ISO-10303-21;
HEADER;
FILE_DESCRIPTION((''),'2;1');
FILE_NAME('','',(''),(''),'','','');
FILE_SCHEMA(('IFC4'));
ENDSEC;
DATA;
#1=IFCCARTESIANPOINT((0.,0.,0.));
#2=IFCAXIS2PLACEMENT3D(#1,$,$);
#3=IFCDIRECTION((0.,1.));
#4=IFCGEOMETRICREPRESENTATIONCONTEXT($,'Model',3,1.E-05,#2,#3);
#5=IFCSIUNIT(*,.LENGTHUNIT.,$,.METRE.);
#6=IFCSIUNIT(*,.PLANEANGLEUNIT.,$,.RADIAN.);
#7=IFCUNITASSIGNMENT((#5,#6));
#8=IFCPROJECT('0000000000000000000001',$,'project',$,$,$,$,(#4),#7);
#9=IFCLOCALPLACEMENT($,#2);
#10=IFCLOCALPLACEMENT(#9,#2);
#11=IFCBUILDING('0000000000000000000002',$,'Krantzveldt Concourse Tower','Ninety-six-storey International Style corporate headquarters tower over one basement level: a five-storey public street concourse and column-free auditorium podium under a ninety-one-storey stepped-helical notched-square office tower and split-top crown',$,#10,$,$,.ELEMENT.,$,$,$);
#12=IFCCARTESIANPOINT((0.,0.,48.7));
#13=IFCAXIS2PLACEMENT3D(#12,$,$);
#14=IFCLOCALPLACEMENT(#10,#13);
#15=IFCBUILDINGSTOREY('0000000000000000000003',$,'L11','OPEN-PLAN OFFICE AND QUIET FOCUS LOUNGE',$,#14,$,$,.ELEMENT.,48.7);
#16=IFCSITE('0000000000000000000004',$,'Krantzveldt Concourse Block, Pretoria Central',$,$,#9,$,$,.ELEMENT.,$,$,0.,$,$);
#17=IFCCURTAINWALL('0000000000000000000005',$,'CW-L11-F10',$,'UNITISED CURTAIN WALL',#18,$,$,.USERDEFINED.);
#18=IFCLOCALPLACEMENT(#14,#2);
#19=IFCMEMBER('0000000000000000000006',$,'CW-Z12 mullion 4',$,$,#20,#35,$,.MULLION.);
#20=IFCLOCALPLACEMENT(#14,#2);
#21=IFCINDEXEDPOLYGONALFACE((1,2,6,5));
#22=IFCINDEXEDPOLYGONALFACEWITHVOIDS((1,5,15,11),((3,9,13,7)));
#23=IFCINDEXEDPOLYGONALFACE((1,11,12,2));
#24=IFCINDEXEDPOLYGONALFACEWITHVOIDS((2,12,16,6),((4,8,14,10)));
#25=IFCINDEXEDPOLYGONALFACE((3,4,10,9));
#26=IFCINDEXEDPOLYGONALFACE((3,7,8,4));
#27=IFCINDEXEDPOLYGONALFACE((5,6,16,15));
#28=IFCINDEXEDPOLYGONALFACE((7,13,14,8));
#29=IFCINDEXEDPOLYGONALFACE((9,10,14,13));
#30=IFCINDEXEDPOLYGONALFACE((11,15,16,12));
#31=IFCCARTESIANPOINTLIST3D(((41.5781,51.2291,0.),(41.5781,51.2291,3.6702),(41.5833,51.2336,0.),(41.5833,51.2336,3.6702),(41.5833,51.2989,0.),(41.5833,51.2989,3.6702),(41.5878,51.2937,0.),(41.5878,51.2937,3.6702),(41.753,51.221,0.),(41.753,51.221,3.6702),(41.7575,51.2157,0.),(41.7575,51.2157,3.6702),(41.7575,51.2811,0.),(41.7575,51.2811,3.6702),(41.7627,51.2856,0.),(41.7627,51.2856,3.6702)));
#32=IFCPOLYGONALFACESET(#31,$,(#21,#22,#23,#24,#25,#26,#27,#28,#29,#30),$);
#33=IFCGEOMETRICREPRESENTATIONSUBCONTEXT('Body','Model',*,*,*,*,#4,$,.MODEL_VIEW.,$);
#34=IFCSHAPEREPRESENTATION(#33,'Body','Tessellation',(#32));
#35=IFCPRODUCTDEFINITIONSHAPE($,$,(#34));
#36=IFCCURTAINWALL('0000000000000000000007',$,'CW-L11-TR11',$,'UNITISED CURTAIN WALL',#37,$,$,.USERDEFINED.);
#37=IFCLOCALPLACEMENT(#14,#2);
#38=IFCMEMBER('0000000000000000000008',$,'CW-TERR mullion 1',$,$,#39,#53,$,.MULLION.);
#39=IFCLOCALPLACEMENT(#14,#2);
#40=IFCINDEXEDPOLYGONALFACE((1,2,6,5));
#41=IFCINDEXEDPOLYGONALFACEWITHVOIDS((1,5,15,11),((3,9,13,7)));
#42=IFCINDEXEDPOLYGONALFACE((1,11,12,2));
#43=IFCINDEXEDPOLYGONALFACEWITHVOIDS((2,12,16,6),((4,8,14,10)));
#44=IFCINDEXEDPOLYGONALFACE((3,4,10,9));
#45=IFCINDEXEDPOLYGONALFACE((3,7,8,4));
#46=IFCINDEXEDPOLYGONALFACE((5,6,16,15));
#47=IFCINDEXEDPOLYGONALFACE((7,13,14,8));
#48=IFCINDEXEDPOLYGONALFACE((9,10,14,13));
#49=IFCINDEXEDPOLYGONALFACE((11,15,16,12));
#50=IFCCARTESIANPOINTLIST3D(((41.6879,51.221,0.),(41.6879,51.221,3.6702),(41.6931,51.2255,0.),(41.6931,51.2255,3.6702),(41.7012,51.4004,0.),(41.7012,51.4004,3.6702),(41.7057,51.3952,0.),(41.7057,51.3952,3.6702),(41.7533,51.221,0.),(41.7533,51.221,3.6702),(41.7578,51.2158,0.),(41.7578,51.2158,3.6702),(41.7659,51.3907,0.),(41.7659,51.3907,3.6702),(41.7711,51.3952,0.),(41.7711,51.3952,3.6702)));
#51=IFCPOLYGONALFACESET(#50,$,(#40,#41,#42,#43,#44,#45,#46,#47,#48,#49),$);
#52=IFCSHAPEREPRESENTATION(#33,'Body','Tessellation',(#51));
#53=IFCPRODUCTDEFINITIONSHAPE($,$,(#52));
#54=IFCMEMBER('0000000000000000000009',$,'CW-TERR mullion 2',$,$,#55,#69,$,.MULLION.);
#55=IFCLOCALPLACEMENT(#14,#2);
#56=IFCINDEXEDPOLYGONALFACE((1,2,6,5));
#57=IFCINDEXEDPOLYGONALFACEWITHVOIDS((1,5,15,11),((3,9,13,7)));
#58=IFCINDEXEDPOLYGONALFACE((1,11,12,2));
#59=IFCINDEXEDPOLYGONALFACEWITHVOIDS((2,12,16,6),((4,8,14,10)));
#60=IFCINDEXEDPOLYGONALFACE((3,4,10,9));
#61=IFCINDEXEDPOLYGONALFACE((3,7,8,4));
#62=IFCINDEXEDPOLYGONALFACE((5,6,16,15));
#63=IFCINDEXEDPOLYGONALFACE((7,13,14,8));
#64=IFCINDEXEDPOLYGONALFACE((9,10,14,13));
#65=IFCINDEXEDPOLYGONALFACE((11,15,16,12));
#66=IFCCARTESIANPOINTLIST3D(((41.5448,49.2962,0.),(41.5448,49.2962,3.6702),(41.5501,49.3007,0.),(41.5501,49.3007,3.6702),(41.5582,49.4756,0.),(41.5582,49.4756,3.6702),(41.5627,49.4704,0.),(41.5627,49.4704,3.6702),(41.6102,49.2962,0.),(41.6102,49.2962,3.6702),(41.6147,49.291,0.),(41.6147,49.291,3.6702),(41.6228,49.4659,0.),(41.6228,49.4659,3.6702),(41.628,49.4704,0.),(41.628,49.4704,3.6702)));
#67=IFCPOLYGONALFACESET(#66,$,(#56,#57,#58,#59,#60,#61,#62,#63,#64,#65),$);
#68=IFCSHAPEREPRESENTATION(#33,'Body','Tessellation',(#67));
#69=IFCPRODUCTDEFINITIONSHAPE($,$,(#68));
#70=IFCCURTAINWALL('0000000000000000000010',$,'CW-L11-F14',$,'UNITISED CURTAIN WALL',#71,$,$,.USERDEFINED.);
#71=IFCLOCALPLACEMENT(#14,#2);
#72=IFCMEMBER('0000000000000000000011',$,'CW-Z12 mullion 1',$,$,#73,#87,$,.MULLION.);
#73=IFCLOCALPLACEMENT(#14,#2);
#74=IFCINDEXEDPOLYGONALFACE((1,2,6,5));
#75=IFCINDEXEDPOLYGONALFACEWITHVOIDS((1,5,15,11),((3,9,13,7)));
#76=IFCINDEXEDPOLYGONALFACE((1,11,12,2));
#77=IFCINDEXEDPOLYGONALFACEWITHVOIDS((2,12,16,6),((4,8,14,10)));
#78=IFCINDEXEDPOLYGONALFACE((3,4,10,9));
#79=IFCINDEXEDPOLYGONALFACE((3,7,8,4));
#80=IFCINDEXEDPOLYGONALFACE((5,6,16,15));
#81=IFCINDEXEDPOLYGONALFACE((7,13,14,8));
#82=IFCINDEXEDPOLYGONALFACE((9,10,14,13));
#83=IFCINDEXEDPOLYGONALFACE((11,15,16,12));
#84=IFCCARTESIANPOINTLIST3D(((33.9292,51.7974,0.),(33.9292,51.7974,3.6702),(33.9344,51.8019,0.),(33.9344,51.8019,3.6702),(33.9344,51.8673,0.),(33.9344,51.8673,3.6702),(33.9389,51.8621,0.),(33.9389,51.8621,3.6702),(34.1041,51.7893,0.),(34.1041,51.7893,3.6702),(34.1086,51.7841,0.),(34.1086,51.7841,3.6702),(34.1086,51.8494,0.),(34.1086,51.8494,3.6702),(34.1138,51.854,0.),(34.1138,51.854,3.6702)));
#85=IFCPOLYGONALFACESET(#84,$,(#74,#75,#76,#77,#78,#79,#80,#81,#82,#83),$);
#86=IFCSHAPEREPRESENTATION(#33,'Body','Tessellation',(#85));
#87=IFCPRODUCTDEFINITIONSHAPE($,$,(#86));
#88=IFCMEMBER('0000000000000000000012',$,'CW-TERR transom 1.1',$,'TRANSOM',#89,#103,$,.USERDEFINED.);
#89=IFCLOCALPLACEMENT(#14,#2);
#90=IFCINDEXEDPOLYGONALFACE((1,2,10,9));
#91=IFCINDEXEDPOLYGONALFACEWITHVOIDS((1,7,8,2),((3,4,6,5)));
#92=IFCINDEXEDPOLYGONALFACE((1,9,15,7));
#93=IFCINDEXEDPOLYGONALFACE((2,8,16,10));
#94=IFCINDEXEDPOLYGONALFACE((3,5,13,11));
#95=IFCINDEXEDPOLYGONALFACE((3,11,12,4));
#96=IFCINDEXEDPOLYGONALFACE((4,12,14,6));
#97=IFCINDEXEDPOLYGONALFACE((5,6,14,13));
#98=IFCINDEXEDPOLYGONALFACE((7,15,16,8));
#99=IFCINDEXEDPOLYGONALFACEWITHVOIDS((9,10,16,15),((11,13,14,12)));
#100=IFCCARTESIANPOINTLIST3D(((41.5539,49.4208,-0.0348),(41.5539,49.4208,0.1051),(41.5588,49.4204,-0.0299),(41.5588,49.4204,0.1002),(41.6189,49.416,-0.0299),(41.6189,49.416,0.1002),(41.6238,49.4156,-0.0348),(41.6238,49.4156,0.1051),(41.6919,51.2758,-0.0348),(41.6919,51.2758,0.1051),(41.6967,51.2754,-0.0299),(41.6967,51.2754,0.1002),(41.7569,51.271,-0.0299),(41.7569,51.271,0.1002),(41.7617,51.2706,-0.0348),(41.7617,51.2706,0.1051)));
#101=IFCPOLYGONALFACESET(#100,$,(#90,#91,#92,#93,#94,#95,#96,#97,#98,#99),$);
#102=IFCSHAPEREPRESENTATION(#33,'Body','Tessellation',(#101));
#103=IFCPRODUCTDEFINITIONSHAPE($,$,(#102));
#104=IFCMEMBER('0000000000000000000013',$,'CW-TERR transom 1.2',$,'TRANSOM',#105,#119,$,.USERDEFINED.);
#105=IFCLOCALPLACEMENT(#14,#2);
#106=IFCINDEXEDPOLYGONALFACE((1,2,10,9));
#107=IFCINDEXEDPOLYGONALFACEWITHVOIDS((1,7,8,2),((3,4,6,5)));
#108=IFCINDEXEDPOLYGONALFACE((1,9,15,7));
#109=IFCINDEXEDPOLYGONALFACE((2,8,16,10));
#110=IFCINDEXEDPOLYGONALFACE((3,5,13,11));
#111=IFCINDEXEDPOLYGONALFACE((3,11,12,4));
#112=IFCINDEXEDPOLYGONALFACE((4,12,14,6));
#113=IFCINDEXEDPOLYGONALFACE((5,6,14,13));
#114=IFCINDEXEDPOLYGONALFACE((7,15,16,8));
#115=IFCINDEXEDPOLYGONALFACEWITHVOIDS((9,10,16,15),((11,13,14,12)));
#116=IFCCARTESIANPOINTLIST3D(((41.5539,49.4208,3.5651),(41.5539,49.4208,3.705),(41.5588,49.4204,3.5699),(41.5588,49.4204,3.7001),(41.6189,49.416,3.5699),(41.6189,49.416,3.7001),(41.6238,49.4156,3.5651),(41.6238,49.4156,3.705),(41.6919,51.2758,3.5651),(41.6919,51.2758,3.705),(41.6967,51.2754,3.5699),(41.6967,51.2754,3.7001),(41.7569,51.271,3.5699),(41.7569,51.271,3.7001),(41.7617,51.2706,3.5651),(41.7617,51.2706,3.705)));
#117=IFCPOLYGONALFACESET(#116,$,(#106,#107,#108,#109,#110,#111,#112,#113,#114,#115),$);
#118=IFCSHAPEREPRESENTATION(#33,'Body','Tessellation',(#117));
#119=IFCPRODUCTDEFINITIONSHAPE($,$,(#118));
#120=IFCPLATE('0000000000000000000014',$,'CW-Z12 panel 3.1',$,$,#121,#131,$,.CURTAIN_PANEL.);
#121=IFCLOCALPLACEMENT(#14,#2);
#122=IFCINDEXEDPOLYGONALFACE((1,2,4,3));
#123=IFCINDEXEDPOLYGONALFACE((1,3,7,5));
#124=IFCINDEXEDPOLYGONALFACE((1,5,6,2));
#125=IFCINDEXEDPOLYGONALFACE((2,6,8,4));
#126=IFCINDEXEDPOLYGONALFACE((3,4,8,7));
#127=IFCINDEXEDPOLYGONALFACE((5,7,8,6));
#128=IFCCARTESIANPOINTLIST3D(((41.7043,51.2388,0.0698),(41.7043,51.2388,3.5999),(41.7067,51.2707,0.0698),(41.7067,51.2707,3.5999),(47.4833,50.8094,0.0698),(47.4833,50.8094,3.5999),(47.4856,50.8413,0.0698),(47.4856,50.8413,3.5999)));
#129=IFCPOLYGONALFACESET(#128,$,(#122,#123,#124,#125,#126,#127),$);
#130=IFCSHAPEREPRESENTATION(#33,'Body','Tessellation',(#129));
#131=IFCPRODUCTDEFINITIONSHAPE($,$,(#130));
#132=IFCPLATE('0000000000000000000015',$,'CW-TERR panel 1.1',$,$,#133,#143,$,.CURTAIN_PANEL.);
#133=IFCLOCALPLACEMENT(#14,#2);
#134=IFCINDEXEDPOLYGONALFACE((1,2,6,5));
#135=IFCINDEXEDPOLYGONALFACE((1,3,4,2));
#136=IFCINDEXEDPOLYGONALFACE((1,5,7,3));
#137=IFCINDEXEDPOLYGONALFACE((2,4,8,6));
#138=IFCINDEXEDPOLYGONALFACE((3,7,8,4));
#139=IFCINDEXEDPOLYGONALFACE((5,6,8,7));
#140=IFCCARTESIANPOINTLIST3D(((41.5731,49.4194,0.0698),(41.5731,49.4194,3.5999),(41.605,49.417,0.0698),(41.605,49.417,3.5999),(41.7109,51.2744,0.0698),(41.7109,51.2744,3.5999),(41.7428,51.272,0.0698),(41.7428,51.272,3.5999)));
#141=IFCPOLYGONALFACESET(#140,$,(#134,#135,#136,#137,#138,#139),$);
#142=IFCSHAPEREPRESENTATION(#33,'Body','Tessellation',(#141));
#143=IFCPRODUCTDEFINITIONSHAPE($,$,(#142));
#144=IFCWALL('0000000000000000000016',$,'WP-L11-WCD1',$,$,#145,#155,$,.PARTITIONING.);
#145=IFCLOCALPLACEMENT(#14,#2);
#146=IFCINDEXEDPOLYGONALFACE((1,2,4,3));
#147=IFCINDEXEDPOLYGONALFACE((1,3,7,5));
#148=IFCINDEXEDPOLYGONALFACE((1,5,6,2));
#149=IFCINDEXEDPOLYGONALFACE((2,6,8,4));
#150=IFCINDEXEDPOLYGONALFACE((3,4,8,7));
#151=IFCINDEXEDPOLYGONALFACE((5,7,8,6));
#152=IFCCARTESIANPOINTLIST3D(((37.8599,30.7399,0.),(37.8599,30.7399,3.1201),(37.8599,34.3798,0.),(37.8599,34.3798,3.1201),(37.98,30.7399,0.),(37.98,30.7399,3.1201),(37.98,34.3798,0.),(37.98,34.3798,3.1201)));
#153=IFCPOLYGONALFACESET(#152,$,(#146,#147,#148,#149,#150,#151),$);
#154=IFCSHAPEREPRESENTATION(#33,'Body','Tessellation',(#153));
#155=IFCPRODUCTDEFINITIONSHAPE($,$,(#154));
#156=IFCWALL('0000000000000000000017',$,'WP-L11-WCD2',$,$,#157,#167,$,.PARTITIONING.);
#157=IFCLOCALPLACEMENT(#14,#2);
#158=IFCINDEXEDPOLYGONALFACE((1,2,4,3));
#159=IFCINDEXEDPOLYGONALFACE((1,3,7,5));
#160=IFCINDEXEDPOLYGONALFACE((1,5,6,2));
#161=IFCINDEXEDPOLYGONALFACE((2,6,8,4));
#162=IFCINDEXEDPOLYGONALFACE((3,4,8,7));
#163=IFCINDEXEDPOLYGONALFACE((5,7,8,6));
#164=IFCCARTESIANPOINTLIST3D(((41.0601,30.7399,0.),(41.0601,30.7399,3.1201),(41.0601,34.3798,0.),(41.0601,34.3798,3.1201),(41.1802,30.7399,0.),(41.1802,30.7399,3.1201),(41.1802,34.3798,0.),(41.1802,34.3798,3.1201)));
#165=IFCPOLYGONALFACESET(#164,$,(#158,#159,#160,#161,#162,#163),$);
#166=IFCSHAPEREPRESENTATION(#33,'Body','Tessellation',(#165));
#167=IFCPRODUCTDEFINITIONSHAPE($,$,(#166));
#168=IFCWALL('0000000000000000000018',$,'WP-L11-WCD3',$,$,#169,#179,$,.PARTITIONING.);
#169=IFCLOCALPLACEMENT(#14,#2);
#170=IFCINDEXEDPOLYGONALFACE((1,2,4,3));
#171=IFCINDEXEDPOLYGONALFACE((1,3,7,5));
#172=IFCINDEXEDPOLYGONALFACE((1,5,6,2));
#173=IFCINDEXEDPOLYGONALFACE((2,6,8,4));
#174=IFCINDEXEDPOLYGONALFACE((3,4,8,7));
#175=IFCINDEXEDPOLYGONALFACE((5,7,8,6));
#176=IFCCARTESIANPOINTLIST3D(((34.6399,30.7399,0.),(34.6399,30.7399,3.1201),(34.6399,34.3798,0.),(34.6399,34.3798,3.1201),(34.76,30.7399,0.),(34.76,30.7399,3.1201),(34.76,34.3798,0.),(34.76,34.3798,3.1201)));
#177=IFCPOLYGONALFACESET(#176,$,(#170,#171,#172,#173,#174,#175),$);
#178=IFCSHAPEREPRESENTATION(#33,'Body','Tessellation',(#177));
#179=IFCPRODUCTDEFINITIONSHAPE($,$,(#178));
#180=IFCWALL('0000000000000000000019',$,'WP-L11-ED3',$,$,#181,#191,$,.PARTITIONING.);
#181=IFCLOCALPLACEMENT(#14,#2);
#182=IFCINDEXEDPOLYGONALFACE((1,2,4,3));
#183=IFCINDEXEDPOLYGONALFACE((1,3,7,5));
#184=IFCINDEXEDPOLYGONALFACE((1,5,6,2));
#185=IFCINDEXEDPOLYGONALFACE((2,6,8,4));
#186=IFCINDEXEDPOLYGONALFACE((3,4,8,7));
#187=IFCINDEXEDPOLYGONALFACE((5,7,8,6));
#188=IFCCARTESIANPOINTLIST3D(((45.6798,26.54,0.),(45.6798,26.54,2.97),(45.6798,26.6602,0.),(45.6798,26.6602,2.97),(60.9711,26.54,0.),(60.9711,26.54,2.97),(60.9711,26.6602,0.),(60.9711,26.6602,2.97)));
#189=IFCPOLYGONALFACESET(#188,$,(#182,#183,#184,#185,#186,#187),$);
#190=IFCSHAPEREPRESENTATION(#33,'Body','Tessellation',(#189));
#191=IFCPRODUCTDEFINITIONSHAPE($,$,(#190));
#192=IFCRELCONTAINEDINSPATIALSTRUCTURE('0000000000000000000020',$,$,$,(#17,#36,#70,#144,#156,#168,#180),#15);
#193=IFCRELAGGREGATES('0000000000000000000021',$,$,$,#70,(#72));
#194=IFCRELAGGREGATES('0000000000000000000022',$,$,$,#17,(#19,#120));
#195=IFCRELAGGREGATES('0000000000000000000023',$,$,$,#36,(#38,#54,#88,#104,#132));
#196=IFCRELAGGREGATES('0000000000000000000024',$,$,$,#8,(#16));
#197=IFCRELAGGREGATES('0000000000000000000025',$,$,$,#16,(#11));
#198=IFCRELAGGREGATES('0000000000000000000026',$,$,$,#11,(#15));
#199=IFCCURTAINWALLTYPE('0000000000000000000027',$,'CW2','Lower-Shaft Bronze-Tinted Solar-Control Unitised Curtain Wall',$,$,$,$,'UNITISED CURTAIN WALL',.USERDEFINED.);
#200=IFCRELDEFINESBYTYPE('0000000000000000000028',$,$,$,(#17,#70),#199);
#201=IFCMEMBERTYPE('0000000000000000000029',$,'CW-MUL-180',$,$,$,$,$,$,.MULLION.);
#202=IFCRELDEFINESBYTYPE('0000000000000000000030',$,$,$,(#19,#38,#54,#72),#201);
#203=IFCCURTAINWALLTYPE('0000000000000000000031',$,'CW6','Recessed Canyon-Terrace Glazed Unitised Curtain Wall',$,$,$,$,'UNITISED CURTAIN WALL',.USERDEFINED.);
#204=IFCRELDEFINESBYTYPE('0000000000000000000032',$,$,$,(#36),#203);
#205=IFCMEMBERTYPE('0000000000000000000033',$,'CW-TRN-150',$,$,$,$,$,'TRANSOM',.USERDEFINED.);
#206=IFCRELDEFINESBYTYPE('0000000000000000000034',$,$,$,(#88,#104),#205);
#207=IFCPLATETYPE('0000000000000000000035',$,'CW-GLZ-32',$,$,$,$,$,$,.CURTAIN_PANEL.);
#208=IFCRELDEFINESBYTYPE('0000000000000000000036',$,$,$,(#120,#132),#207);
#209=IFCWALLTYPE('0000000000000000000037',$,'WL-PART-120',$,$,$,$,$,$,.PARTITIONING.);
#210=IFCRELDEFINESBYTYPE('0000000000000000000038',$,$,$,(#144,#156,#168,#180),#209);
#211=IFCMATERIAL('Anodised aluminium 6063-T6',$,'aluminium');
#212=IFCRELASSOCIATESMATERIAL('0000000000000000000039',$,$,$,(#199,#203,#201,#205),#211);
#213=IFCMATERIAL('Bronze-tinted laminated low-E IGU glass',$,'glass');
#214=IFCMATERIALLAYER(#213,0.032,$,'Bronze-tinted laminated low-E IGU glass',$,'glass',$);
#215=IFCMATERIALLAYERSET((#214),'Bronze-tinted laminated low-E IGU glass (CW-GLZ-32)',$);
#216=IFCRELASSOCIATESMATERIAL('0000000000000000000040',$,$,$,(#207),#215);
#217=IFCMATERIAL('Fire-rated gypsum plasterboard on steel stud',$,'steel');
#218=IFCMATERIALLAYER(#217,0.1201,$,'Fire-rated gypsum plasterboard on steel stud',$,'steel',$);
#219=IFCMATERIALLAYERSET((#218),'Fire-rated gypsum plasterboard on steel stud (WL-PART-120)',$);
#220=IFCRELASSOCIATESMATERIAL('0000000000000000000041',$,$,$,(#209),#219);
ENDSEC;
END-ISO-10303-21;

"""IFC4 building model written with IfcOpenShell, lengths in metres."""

from ifc_helpers import new_model, si_unit, direction, frame, frame_2d, origin, origin_2d, place, context, subcontext, project, spatial, rectangle, hollow_rectangle, extrude, source, transform, mapped, material, layer, layer_set, material_profile, profile_set, type_object, type_shapes, element, aggregate, save


model = new_model("IFC4")

# Units and contexts
model_context = context("Model", 3, precision=1e-05, world=origin(), true_north=direction((0.0, 1.0)))
body_context = subcontext(model_context, "Body", "Model", "MODEL_VIEW")
ifc_project = project(units=[si_unit("LENGTHUNIT", "METRE"), si_unit("PLANEANGLEUNIT", "RADIAN")], contexts=[model_context])

# Site, building, storey
site_placement = place(None, origin())
site = spatial("IfcSite", under=ifc_project, at=site_placement, Name="Krantzveldt Concourse Block, Pretoria Central", CompositionType="ELEMENT", RefElevation=0.0)
building_placement = place(site_placement, origin())
building = spatial("IfcBuilding", under=site, at=building_placement, Name="Krantzveldt Concourse Tower", Description="Ninety-six-storey International Style corporate headquarters tower over one basement level: a five-storey public street concourse and column-free auditorium podium under a ninety-one-storey stepped-helical notched-square office tower and split-top crown", CompositionType="ELEMENT")
storey_placement = place(building_placement, frame((0.0, 0.0, 48.7)))
storey = spatial("IfcBuildingStorey", under=building, at=storey_placement, Name="L11", Description="OPEN-PLAN OFFICE AND QUIET FOCUS LOUNGE", CompositionType="ELEMENT", Elevation=48.7)

# Curtain wall, member
ifc_material_1 = material(Name="Anodised aluminium 6063-T6", Category="aluminium")
curtain_wall_type_1 = type_object("IfcCurtainWallType", Name="CW2", Description="Lower-Shaft Bronze-Tinted Solar-Control Unitised Curtain Wall", ElementType="UNITISED CURTAIN WALL", PredefinedType="USERDEFINED", material=ifc_material_1)
curtain_wall_1_placement = place(storey_placement, origin())
curtain_wall_1 = element("IfcCurtainWall", 1, at=curtain_wall_1_placement, inside=storey, type_object=curtain_wall_type_1, Name="CW-L11-F10", ObjectType="UNITISED CURTAIN WALL", PredefinedType="USERDEFINED")
ifc_material_profile_1 = material_profile(ifc_material_1, hollow_rectangle(XDim=0.0701, YDim=0.1799, WallThickness=0.0049, at=origin_2d()), Name="Anodised aluminium 6063-T6", Category="aluminium")
ifc_profile_set_1 = profile_set([ifc_material_profile_1], Name="Anodised aluminium 6063-T6 - ALU-MULL 180x70x5")
member_type_1 = type_object("IfcMemberType", Name="CW-MUL-180", PredefinedType="MULLION", material=ifc_profile_set_1)
shared_shape_1 = source(origin(), body_context, "Body", "SweptSolid", [
    extrude(hollow_rectangle(XDim=0.0701, YDim=0.1799, WallThickness=0.0049, at=origin_2d()), origin(), (0.0, 0.0, 1.0), 3.6702),
])
type_shapes(member_type_1, [shared_shape_1])
member_1_placement = place(storey_placement, frame((41.6704, 51.2573, 0.0), z_axis=(0.0, 0.0, 1.0), x_axis=(-0.074108, -0.99725, 0.0)))
member_1 = element("IfcMember", 2, at=member_1_placement, type_object=member_type_1, Name="CW-Z12 mullion 4", PredefinedType="MULLION", context=body_context, shape_type="MappedRepresentation", body=[
    mapped(shared_shape_1, transform((0.0, 0.0, 0.0), x_axis=(1.0, 0.0, 0.0), y_axis=(0.0, 1.0, 0.0), z_axis=(0.0, 0.0, 1.0), scale=1.0)),
])

# Curtain wall, members
curtain_wall_type_2 = type_object("IfcCurtainWallType", Name="CW6", Description="Recessed Canyon-Terrace Glazed Unitised Curtain Wall", ElementType="UNITISED CURTAIN WALL", PredefinedType="USERDEFINED", material=ifc_material_1)
curtain_wall_2_placement = place(storey_placement, origin())
curtain_wall_2 = element("IfcCurtainWall", 3, at=curtain_wall_2_placement, inside=storey, type_object=curtain_wall_type_2, Name="CW-L11-TR11", ObjectType="UNITISED CURTAIN WALL", PredefinedType="USERDEFINED")
member_2_placement = place(storey_placement, frame((41.7295, 51.3081, 0.0), z_axis=(0.0, 0.0, 1.0), x_axis=(0.99725, -0.074105, 0.0)))
member_2 = element("IfcMember", 4, at=member_2_placement, type_object=member_type_1, Name="CW-TERR mullion 1", PredefinedType="MULLION", context=body_context, shape_type="MappedRepresentation", body=[
    mapped(shared_shape_1, transform((0.0, 0.0, 0.0), x_axis=(1.0, 0.0, 0.0), y_axis=(0.0, 1.0, 0.0), z_axis=(0.0, 0.0, 1.0), scale=1.0)),
])
member_3_placement = place(storey_placement, frame((41.5864, 49.3833, 0.0), z_axis=(0.0, 0.0, 1.0), x_axis=(0.99725, -0.074105, 0.0)))
member_3 = element("IfcMember", 5, at=member_3_placement, type_object=member_type_1, Name="CW-TERR mullion 2", PredefinedType="MULLION", context=body_context, shape_type="MappedRepresentation", body=[
    mapped(shared_shape_1, transform((0.0, 0.0, 0.0), x_axis=(1.0, 0.0, 0.0), y_axis=(0.0, 1.0, 0.0), z_axis=(0.0, 0.0, 1.0), scale=1.0)),
])

# Curtain wall, member
curtain_wall_3_placement = place(storey_placement, origin())
curtain_wall_3 = element("IfcCurtainWall", 6, at=curtain_wall_3_placement, inside=storey, type_object=curtain_wall_type_1, Name="CW-L11-F14", ObjectType="UNITISED CURTAIN WALL", PredefinedType="USERDEFINED")
member_4_placement = place(storey_placement, frame((34.0215, 51.8257, 0.0), z_axis=(0.0, 0.0, 1.0), x_axis=(-0.074108, -0.99725, 0.0)))
member_4 = element("IfcMember", 7, at=member_4_placement, type_object=member_type_1, Name="CW-Z12 mullion 1", PredefinedType="MULLION", context=body_context, shape_type="MappedRepresentation", body=[
    mapped(shared_shape_1, transform((0.0, 0.0, 0.0), x_axis=(1.0, 0.0, 0.0), y_axis=(0.0, 1.0, 0.0), z_axis=(0.0, 0.0, 1.0), scale=1.0)),
])
aggregate(curtain_wall_3, [member_4])

# Members
ifc_material_profile_2 = material_profile(ifc_material_1, hollow_rectangle(XDim=0.0701, YDim=0.1399, WallThickness=0.0049, at=origin_2d()), Name="Anodised aluminium 6063-T6", Category="aluminium")
ifc_profile_set_2 = profile_set([ifc_material_profile_2], Name="Anodised aluminium 6063-T6 - ALU-TRAN 140x70x5")
member_type_2 = type_object("IfcMemberType", Name="CW-TRN-150", ElementType="TRANSOM", PredefinedType="USERDEFINED", material=ifc_profile_set_2)
shared_shape_2 = source(origin(), body_context, "Body", "SweptSolid", [
    extrude(hollow_rectangle(XDim=0.0701, YDim=0.1399, WallThickness=0.0049, at=origin_2d()), origin(), (0.0, 0.0, 1.0), 1.8601),
])
type_shapes(member_type_2, [shared_shape_2])
member_5_placement = place(storey_placement, frame((41.7268, 51.2732, 0.0352), z_axis=(-0.074157, -0.997247, 0.0), x_axis=(0.997247, -0.074157, 0.0)))
member_5 = element("IfcMember", 8, at=member_5_placement, type_object=member_type_2, Name="CW-TERR transom 1.1", ObjectType="TRANSOM", PredefinedType="USERDEFINED", context=body_context, shape_type="MappedRepresentation", body=[
    mapped(shared_shape_2, transform((0.0, 0.0, 0.0), x_axis=(1.0, 0.0, 0.0), y_axis=(0.0, 1.0, 0.0), z_axis=(0.0, 0.0, 1.0), scale=1.0)),
])
member_6_placement = place(storey_placement, frame((41.7268, 51.2732, 3.635), z_axis=(-0.074157, -0.997247, 0.0), x_axis=(0.997247, -0.074157, 0.0)))
member_6 = element("IfcMember", 9, at=member_6_placement, type_object=member_type_2, Name="CW-TERR transom 1.2", ObjectType="TRANSOM", PredefinedType="USERDEFINED", context=body_context, shape_type="MappedRepresentation", body=[
    mapped(shared_shape_2, transform((0.0, 0.0, 0.0), x_axis=(1.0, 0.0, 0.0), y_axis=(0.0, 1.0, 0.0), z_axis=(0.0, 0.0, 1.0), scale=1.0)),
])

# Plates
ifc_material_2 = material(Name="Bronze-tinted laminated low-E IGU glass", Category="glass")
ifc_layer_1 = layer(ifc_material_2, 0.032, Name="Bronze-tinted laminated low-E IGU glass", Category="glass")
ifc_layer_set_1 = layer_set([ifc_layer_1], Name="Bronze-tinted laminated low-E IGU glass (CW-GLZ-32)")
plate_type = type_object("IfcPlateType", Name="CW-GLZ-32", PredefinedType="CURTAIN_PANEL", material=ifc_layer_set_1)
shared_shape_3 = source(origin(), body_context, "Body", "SweptSolid", [
    extrude(rectangle(XDim=5.7949, YDim=0.032, at=origin_2d()), origin(), (0.0, 0.0, 1.0), 3.53),
])
plate_1_placement = place(storey_placement, frame((44.595, 51.04, 0.0698), z_axis=(0.0, 0.0, 1.0), x_axis=(-0.99725, 0.074108, 0.0)))
plate_1 = element("IfcPlate", 10, at=plate_1_placement, type_object=plate_type, Name="CW-Z12 panel 3.1", PredefinedType="CURTAIN_PANEL", context=body_context, shape_type="MappedRepresentation", body=[
    mapped(shared_shape_3, transform((0.0, 0.0, 0.0), x_axis=(1.0, 0.0, 0.0), y_axis=(0.0, 1.0, 0.0), z_axis=(0.0, 0.0, 1.0), scale=1.0)),
])
aggregate(curtain_wall_1, [member_1, plate_1])
shared_shape_4 = source(origin(), body_context, "Body", "SweptSolid", [
    extrude(rectangle(XDim=1.8601, YDim=0.032, at=origin_2d()), origin(), (0.0, 0.0, 1.0), 3.53),
])
type_shapes(plate_type, [shared_shape_3, shared_shape_4])
plate_2_placement = place(storey_placement, frame((41.658, 50.3457, 0.0698), z_axis=(0.0, 0.0, 1.0), x_axis=(-0.074105, -0.99725, 0.0)))
plate_2 = element("IfcPlate", 11, at=plate_2_placement, type_object=plate_type, Name="CW-TERR panel 1.1", PredefinedType="CURTAIN_PANEL", context=body_context, shape_type="MappedRepresentation", body=[
    mapped(shared_shape_4, transform((0.0, 0.0, 0.0), x_axis=(1.0, 0.0, 0.0), y_axis=(0.0, 1.0, 0.0), z_axis=(0.0, 0.0, 1.0), scale=1.0)),
])
aggregate(curtain_wall_2, [member_2, member_3, member_5, member_6, plate_2])

# Walls
ifc_material_3 = material(Name="Fire-rated gypsum plasterboard on steel stud", Category="steel")
ifc_layer_2 = layer(ifc_material_3, 0.1201, Name="Fire-rated gypsum plasterboard on steel stud", Category="steel")
ifc_layer_set_2 = layer_set([ifc_layer_2], Name="Fire-rated gypsum plasterboard on steel stud (WL-PART-120)")
wall_type_1 = type_object("IfcWallType", Name="WL-PART-120", PredefinedType="PARTITIONING", material=ifc_layer_set_2)
for number, where, z_axis, x_axis, name in (
    (12, (37.9199, 30.74, 0.0), (0.0, 0.0, 1.0), (0.0, 1.0, 0.0), "WP-L11-WCD1"),
    (13, (41.1201, 30.74, 0.0), (0.0, 0.0, 1.0), (0.0, 1.0, 0.0), "WP-L11-WCD2"),
    (14, (34.7, 30.74, 0.0), (0.0, 0.0, 1.0), (0.0, 1.0, 0.0), "WP-L11-WCD3"),
):
    element("IfcWall", number, at=place(storey_placement, frame(where, z_axis=z_axis, x_axis=x_axis)), inside=storey, type_object=wall_type_1, Name=name, PredefinedType="PARTITIONING", context=body_context, shape_type="SweptSolid", body=[
        extrude(rectangle(XDim=3.6399, YDim=0.1201, at=frame_2d((1.8198, 0.0))), origin(), (0.0, 0.0, 1.0), 3.1201),
    ])
wall_1_placement = place(storey_placement, frame((45.6799, 26.6001, 0.0), z_axis=(0.0, 0.0, 1.0), x_axis=(1.0, 0.0, 0.0)))
element("IfcWall", 15, at=wall_1_placement, inside=storey, type_object=wall_type_1, Name="WP-L11-ED3", PredefinedType="PARTITIONING", context=body_context, shape_type="SweptSolid", body=[
    extrude(rectangle(XDim=15.2913, YDim=0.1201, at=frame_2d((7.6455, 0.0))), origin(), (0.0, 0.0, 1.0), 2.97),
])

save(model, "model.ifc")
